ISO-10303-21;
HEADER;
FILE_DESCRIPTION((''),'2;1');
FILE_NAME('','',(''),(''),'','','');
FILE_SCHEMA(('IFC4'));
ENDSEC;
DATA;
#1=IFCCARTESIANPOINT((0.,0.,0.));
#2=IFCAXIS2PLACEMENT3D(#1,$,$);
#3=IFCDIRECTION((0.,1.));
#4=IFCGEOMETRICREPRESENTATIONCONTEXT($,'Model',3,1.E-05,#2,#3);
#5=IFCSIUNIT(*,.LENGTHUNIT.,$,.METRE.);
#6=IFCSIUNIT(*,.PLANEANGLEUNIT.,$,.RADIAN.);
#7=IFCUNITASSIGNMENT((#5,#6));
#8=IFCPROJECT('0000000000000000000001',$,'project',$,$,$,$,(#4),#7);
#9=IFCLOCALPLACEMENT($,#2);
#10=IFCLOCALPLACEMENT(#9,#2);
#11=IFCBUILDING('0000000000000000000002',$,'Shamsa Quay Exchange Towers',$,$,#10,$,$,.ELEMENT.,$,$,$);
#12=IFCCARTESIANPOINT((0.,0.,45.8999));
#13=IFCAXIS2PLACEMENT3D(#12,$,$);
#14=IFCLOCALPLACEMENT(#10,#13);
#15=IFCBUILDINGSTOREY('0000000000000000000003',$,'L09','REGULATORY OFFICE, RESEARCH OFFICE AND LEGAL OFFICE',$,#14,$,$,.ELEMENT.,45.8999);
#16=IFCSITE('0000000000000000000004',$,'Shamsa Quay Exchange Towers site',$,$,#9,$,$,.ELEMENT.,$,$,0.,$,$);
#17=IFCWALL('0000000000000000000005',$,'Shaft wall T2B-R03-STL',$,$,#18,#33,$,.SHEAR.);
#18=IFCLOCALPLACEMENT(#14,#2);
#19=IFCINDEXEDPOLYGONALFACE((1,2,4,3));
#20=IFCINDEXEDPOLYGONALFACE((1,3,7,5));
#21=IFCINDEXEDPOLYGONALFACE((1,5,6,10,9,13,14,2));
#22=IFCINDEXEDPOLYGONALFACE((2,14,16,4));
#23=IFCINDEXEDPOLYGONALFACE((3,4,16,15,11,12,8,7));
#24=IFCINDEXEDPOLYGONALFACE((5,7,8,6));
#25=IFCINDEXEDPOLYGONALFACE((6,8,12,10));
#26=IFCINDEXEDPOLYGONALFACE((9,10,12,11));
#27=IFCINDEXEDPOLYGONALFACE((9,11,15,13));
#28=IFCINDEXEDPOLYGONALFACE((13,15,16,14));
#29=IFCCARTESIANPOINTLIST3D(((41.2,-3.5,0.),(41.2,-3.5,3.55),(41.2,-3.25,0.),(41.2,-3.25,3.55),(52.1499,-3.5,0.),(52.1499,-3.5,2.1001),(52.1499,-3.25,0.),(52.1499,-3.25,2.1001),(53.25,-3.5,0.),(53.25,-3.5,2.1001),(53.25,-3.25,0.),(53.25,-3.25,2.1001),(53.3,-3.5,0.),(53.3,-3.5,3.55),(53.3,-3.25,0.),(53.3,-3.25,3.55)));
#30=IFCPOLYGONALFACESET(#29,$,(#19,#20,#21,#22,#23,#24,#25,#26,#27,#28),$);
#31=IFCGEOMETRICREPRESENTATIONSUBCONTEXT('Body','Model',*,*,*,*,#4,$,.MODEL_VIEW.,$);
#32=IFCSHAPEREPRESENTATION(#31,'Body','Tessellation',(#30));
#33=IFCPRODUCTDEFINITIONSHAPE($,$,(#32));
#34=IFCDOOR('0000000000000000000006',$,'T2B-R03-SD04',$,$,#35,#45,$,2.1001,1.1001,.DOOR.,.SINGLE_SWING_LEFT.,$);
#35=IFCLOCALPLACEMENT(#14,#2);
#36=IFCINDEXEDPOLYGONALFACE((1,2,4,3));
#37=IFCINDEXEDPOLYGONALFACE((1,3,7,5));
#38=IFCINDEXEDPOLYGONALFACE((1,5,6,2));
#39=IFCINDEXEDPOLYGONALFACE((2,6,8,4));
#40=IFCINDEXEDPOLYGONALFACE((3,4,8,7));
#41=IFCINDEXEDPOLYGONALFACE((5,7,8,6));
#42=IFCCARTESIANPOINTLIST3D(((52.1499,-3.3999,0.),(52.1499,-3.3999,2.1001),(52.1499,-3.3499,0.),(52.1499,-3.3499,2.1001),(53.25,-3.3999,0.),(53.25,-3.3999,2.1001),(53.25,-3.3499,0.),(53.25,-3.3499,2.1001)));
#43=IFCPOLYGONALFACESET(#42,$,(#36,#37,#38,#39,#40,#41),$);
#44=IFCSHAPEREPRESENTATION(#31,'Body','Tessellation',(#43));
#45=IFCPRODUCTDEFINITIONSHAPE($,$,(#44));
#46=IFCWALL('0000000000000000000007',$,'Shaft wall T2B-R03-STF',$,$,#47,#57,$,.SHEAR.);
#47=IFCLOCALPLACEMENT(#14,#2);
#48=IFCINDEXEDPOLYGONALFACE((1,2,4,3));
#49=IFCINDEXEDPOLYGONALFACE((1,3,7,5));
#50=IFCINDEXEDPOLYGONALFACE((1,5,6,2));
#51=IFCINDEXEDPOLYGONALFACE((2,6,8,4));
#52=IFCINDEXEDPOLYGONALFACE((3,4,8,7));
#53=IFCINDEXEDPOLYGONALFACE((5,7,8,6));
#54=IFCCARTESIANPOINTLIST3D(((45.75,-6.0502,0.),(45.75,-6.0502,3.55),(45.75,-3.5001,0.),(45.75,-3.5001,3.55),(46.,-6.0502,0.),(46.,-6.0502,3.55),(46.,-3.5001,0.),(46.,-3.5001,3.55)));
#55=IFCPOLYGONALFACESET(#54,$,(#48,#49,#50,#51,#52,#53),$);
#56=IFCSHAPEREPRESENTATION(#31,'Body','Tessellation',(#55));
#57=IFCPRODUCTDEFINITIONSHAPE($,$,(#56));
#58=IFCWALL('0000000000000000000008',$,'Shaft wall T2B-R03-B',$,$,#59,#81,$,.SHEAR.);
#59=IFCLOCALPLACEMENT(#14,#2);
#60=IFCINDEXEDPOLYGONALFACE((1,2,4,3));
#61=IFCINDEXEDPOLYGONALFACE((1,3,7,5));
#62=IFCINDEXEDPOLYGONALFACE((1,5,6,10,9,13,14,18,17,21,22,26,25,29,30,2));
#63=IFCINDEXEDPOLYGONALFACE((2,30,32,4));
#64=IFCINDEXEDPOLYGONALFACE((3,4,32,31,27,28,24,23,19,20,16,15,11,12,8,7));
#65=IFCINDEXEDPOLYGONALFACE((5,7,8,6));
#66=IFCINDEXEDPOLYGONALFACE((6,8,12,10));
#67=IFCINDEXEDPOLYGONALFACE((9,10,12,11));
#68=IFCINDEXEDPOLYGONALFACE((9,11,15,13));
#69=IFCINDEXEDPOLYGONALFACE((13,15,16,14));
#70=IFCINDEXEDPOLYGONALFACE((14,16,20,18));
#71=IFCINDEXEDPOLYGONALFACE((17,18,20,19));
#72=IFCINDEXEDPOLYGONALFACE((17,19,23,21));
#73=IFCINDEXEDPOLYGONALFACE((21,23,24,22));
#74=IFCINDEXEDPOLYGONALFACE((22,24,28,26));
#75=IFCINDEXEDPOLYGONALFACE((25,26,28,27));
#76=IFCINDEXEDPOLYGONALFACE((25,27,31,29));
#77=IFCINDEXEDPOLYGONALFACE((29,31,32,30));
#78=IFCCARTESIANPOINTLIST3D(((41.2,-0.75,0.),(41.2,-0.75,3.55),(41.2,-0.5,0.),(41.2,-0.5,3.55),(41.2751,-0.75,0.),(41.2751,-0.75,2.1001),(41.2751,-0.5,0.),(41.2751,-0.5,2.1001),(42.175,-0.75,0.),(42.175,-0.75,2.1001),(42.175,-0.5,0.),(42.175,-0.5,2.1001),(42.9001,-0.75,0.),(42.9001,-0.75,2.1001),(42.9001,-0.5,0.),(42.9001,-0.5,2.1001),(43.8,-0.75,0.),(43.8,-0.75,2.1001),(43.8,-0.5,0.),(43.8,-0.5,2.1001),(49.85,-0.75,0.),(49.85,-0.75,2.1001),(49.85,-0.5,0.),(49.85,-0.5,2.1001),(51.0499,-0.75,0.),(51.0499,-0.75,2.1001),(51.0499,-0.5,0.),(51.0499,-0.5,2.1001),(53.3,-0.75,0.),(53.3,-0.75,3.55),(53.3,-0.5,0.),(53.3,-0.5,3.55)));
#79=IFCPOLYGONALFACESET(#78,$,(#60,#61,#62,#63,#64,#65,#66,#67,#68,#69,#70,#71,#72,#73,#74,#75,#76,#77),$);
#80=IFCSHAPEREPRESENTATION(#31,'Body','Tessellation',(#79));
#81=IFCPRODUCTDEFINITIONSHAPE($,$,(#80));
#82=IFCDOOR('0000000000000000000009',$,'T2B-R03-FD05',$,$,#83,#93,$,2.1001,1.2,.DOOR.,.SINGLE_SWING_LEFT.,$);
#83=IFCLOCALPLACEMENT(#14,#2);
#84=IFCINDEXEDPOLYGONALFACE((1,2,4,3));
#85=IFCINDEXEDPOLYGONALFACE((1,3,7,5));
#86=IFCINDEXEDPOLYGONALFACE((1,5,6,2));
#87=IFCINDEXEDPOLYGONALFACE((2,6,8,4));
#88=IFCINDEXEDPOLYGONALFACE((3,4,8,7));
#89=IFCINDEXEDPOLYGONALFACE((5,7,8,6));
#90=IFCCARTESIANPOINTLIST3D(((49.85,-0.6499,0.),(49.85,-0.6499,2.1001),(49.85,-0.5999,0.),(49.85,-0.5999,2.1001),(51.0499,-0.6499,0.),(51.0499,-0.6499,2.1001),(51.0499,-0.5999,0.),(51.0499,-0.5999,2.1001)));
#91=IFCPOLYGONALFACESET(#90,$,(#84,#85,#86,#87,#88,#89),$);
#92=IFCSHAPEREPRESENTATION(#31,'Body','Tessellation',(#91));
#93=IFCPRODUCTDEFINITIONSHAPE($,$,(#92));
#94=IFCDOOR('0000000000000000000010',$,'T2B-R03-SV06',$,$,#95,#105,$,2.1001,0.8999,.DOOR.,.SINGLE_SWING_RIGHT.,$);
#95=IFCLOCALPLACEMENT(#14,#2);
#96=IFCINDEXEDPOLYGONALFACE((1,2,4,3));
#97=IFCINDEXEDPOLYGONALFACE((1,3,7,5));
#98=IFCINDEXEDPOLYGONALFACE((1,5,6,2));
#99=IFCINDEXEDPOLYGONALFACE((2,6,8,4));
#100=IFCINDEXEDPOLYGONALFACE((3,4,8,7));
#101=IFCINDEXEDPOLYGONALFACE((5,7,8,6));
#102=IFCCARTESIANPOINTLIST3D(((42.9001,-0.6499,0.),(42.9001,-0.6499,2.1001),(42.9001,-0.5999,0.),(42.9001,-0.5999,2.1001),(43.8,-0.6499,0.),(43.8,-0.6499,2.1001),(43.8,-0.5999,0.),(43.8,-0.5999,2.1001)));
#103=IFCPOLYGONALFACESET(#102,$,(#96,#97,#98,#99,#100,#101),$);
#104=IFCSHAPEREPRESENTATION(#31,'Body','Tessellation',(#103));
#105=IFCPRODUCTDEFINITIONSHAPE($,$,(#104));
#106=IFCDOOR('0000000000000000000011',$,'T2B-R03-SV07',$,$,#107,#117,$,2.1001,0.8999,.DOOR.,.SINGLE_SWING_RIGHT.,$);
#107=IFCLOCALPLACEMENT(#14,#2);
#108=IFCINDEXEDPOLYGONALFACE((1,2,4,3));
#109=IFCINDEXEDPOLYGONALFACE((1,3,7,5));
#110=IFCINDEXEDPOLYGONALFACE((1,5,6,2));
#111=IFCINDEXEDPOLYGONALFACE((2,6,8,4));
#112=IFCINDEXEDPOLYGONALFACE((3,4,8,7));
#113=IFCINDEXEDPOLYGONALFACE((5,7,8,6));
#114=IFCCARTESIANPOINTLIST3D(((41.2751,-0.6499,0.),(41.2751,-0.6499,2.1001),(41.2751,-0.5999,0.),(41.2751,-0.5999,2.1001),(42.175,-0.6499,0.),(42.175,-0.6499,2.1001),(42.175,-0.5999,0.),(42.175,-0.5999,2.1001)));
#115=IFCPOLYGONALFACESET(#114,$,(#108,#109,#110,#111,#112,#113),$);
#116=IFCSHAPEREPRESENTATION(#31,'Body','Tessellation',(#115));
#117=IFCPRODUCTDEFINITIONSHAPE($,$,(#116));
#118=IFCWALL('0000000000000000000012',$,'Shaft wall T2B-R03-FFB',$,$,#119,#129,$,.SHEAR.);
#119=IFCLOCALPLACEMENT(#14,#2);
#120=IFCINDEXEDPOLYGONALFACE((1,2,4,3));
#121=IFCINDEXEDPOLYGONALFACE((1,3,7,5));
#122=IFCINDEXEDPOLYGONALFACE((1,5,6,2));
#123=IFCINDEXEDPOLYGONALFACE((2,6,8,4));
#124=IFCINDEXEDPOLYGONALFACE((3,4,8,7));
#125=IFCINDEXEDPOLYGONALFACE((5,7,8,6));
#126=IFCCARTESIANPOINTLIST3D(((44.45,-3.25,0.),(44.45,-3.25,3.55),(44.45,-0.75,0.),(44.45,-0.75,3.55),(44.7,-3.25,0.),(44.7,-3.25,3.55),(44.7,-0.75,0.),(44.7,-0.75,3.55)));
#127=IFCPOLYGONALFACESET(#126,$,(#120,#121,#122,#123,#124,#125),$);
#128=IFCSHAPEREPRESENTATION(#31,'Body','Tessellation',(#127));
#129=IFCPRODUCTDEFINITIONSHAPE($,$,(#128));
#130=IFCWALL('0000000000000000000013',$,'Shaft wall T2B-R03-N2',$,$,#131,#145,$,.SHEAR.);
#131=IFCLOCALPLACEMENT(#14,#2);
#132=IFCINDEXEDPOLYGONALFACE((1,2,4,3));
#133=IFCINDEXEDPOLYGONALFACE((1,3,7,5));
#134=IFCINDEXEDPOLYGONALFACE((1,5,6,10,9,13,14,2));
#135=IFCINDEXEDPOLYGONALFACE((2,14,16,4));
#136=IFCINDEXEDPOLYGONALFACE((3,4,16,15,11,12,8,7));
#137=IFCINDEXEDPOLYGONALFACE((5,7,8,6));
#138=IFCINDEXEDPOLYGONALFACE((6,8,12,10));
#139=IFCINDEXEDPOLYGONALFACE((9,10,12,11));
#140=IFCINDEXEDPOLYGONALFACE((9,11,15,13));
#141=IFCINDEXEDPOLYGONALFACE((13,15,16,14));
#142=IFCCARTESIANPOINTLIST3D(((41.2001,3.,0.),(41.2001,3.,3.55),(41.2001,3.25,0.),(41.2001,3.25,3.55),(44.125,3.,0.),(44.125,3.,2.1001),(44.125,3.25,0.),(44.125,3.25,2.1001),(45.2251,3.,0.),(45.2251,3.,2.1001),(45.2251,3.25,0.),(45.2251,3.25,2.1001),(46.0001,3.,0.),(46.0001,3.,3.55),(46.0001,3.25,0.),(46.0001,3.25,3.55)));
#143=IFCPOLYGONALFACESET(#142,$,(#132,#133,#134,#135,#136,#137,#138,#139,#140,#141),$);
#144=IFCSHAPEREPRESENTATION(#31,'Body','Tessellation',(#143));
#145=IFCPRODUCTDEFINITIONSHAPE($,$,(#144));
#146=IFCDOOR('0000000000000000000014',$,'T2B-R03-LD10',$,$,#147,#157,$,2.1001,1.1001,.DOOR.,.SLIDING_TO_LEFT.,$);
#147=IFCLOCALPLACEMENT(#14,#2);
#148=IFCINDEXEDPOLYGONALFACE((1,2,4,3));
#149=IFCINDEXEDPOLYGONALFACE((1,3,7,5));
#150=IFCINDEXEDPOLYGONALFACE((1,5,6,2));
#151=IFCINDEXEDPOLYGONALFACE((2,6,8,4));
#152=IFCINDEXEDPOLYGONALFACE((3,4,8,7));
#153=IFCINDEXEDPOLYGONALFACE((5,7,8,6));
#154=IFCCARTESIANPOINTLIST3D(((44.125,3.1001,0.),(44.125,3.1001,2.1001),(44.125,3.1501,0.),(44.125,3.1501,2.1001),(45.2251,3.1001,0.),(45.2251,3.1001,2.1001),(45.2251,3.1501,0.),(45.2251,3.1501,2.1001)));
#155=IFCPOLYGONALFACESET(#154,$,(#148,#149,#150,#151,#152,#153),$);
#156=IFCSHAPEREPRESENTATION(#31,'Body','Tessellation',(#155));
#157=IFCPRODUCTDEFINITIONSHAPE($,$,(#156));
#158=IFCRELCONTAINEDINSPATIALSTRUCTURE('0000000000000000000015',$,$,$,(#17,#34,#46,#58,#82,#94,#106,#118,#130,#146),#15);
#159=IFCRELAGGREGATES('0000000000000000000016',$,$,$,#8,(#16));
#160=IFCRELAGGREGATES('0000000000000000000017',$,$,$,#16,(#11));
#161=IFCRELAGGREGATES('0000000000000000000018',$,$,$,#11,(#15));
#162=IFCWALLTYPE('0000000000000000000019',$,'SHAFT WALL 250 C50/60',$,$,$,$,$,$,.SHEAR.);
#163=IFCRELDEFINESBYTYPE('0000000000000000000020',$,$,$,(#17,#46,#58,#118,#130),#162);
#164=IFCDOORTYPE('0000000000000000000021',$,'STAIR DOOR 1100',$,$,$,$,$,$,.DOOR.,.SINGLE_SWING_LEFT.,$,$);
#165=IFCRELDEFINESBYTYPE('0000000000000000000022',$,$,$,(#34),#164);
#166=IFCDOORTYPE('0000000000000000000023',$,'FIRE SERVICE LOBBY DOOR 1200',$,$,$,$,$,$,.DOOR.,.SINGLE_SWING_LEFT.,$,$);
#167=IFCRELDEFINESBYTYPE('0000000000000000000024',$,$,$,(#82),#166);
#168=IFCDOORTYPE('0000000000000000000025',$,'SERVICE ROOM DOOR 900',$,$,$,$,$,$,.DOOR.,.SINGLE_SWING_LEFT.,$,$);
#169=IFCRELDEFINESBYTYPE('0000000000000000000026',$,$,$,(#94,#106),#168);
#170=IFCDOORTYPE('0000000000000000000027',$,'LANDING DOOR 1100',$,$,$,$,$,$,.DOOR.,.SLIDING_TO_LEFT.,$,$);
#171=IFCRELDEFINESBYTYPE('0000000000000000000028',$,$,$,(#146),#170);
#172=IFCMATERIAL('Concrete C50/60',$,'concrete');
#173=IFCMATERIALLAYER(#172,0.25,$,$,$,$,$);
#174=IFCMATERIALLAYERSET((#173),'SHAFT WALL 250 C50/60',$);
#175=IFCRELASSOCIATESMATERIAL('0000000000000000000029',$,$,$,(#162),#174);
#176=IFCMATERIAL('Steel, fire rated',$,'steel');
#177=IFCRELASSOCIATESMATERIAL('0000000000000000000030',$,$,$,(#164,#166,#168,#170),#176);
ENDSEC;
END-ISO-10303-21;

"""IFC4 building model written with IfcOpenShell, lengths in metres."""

from ifc_helpers import new_model, si_unit, direction, frame, frame_2d, origin, place, context, subcontext, project, spatial, rectangle, extrude, material, layer, layer_set, type_object, element, fill, save


model = new_model("IFC4")

# Units and contexts
model_context = context("Model", 3, precision=1e-05, world=origin(), true_north=direction((0.0, 1.0)))
body_context = subcontext(model_context, "Body", "Model", "MODEL_VIEW")
ifc_project = project(units=[si_unit("LENGTHUNIT", "METRE"), si_unit("PLANEANGLEUNIT", "RADIAN")], contexts=[model_context])

# Site, building, storey
site_placement = place(None, origin())
site = spatial("IfcSite", under=ifc_project, at=site_placement, Name="Shamsa Quay Exchange Towers site", CompositionType="ELEMENT", RefElevation=0.0)
building_placement = place(site_placement, origin())
building = spatial("IfcBuilding", under=site, at=building_placement, Name="Shamsa Quay Exchange Towers", CompositionType="ELEMENT")
storey_placement = place(building_placement, frame((0.0, 0.0, 45.8999)))
storey = spatial("IfcBuildingStorey", under=building, at=storey_placement, Name="L09", Description="REGULATORY OFFICE, RESEARCH OFFICE AND LEGAL OFFICE", CompositionType="ELEMENT", Elevation=45.8999)

# Wall, opening, door
ifc_material_1 = material(Name="Steel, fire rated", Category="steel")
ifc_material_2 = material(Name="Concrete C50/60", Category="concrete")
ifc_layer_1 = layer(ifc_material_2, 0.25)
ifc_layer_set_1 = layer_set([ifc_layer_1], Name="SHAFT WALL 250 C50/60")
wall_type_1 = type_object("IfcWallType", Name="SHAFT WALL 250 C50/60", PredefinedType="SHEAR", material=ifc_layer_set_1)
wall_1_placement = place(storey_placement, frame((53.3, -3.375, 0.0), z_axis=(0.0, 0.0, 1.0), x_axis=(-1.0, 0.0, 0.0)))
wall_1 = element("IfcWall", 1, at=wall_1_placement, inside=storey, type_object=wall_type_1, Name="Shaft wall T2B-R03-STL", PredefinedType="SHEAR", context=body_context, shape_type="SweptSolid", body=[
    extrude(rectangle(XDim=12.1001, YDim=0.25, at=frame_2d((6.05, 0.0))), origin(), (0.0, 0.0, 1.0), 3.55),
])
opening_1_placement = place(wall_1_placement, frame((0.05, 0.0, 0.0)))
opening_1 = element("IfcOpeningElement", 2, at=opening_1_placement, cuts=wall_1, PredefinedType="OPENING", context=body_context, shape_type="SweptSolid", body=[
    extrude(rectangle(XDim=1.1001, YDim=2.1001, at=frame_2d((0.55, 1.05))), frame((0.0, 0.135, 0.0), z_axis=(0.0, -1.0, 0.0), x_axis=(1.0, 0.0, 0.0)), (0.0, 0.0, 1.0), 0.27),
])
door_type_1 = type_object("IfcDoorType", Name="STAIR DOOR 1100", OperationType="SINGLE_SWING_LEFT", PredefinedType="DOOR", material=ifc_material_1)
door_1_placement = place(opening_1_placement, origin())
door_1 = element("IfcDoor", 3, at=door_1_placement, inside=storey, type_object=door_type_1, Name="T2B-R03-SD04", OperationType="SINGLE_SWING_LEFT", OverallHeight=2.1001, OverallWidth=1.1001, PredefinedType="DOOR", context=body_context, shape_type="SweptSolid", body=[
    extrude(rectangle(XDim=1.1001, YDim=2.1001, at=frame_2d((0.55, 1.05))), frame((0.0, 0.0249, 0.0), z_axis=(0.0, -1.0, 0.0), x_axis=(1.0, 0.0, 0.0)), (0.0, 0.0, 1.0), 0.05),
])
fill(opening_1, door_1)

# Wall
wall_2_placement = place(storey_placement, frame((45.875, -6.05, 0.0), z_axis=(0.0, 0.0, 1.0), x_axis=(0.0, 1.0, 0.0)))
element("IfcWall", 4, at=wall_2_placement, inside=storey, type_object=wall_type_1, Name="Shaft wall T2B-R03-STF", PredefinedType="SHEAR", context=body_context, shape_type="SweptSolid", body=[
    extrude(rectangle(XDim=2.55, YDim=0.25, at=frame_2d((1.2749, 0.0))), origin(), (0.0, 0.0, 1.0), 3.55),
])

# Wall, openings, doors
wall_3_placement = place(storey_placement, frame((53.3, -0.625, 0.0), z_axis=(0.0, 0.0, 1.0), x_axis=(-1.0, 0.0, 0.0)))
wall_3 = element("IfcWall", 5, at=wall_3_placement, inside=storey, type_object=wall_type_1, Name="Shaft wall T2B-R03-B", PredefinedType="SHEAR", context=body_context, shape_type="SweptSolid", body=[
    extrude(rectangle(XDim=12.1001, YDim=0.25, at=frame_2d((6.05, 0.0))), origin(), (0.0, 0.0, 1.0), 3.55),
])
opening_2_placement = place(wall_3_placement, frame((2.25, 0.0, 0.0)))
opening_2 = element("IfcOpeningElement", 6, at=opening_2_placement, cuts=wall_3, PredefinedType="OPENING", context=body_context, shape_type="SweptSolid", body=[
    extrude(rectangle(XDim=1.2, YDim=2.1001, at=frame_2d((0.6001, 1.05))), frame((0.0, 0.135, 0.0), z_axis=(0.0, -1.0, 0.0), x_axis=(1.0, 0.0, 0.0)), (0.0, 0.0, 1.0), 0.27),
])
opening_3_placement = place(wall_3_placement, frame((9.5, 0.0, 0.0)))
opening_3 = element("IfcOpeningElement", 7, at=opening_3_placement, cuts=wall_3, PredefinedType="OPENING", context=body_context, shape_type="SweptSolid", body=[
    extrude(rectangle(XDim=0.8999, YDim=2.1001, at=frame_2d((0.45, 1.05))), frame((0.0, 0.135, 0.0), z_axis=(0.0, -1.0, 0.0), x_axis=(1.0, 0.0, 0.0)), (0.0, 0.0, 1.0), 0.27),
])
opening_4_placement = place(wall_3_placement, frame((11.125, 0.0, 0.0)))
opening_4 = element("IfcOpeningElement", 8, at=opening_4_placement, cuts=wall_3, PredefinedType="OPENING", context=body_context, shape_type="SweptSolid", body=[
    extrude(rectangle(XDim=0.8999, YDim=2.1001, at=frame_2d((0.45, 1.05))), frame((0.0, 0.135, 0.0), z_axis=(0.0, -1.0, 0.0), x_axis=(1.0, 0.0, 0.0)), (0.0, 0.0, 1.0), 0.27),
])
door_type_2 = type_object("IfcDoorType", Name="FIRE SERVICE LOBBY DOOR 1200", OperationType="SINGLE_SWING_LEFT", PredefinedType="DOOR", material=ifc_material_1)
door_2_placement = place(opening_2_placement, origin())
door_2 = element("IfcDoor", 9, at=door_2_placement, inside=storey, type_object=door_type_2, Name="T2B-R03-FD05", OperationType="SINGLE_SWING_LEFT", OverallHeight=2.1001, OverallWidth=1.2, PredefinedType="DOOR", context=body_context, shape_type="SweptSolid", body=[
    extrude(rectangle(XDim=1.2, YDim=2.1001, at=frame_2d((0.6001, 1.05))), frame((0.0, 0.0249, 0.0), z_axis=(0.0, -1.0, 0.0), x_axis=(1.0, 0.0, 0.0)), (0.0, 0.0, 1.0), 0.05),
])
fill(opening_2, door_2)
door_type_3 = type_object("IfcDoorType", Name="SERVICE ROOM DOOR 900", OperationType="SINGLE_SWING_LEFT", PredefinedType="DOOR", material=ifc_material_1)
door_3_placement = place(opening_3_placement, origin())
door_3 = element("IfcDoor", 10, at=door_3_placement, inside=storey, type_object=door_type_3, Name="T2B-R03-SV06", OperationType="SINGLE_SWING_RIGHT", OverallHeight=2.1001, OverallWidth=0.8999, PredefinedType="DOOR", context=body_context, shape_type="SweptSolid", body=[
    extrude(rectangle(XDim=0.8999, YDim=2.1001, at=frame_2d((0.45, 1.05))), frame((0.0, 0.0249, 0.0), z_axis=(0.0, -1.0, 0.0), x_axis=(1.0, 0.0, 0.0)), (0.0, 0.0, 1.0), 0.05),
])
fill(opening_3, door_3)
door_4_placement = place(opening_4_placement, origin())
door_4 = element("IfcDoor", 11, at=door_4_placement, inside=storey, type_object=door_type_3, Name="T2B-R03-SV07", OperationType="SINGLE_SWING_RIGHT", OverallHeight=2.1001, OverallWidth=0.8999, PredefinedType="DOOR", context=body_context, shape_type="SweptSolid", body=[
    extrude(rectangle(XDim=0.8999, YDim=2.1001, at=frame_2d((0.45, 1.05))), frame((0.0, 0.0249, 0.0), z_axis=(0.0, -1.0, 0.0), x_axis=(1.0, 0.0, 0.0)), (0.0, 0.0, 1.0), 0.05),
])
fill(opening_4, door_4)

# Wall
wall_4_placement = place(storey_placement, frame((44.575, -3.25, 0.0), z_axis=(0.0, 0.0, 1.0), x_axis=(0.0, 1.0, 0.0)))
element("IfcWall", 12, at=wall_4_placement, inside=storey, type_object=wall_type_1, Name="Shaft wall T2B-R03-FFB", PredefinedType="SHEAR", context=body_context, shape_type="SweptSolid", body=[
    extrude(rectangle(XDim=2.5, YDim=0.25, at=frame_2d((1.25, 0.0))), origin(), (0.0, 0.0, 1.0), 3.55),
])

# Wall, opening, door
wall_5_placement = place(storey_placement, frame((46.0, 3.125, 0.0), z_axis=(0.0, 0.0, 1.0), x_axis=(-1.0, 0.0, 0.0)))
wall_5 = element("IfcWall", 13, at=wall_5_placement, inside=storey, type_object=wall_type_1, Name="Shaft wall T2B-R03-N2", PredefinedType="SHEAR", context=body_context, shape_type="SweptSolid", body=[
    extrude(rectangle(XDim=4.8, YDim=0.25, at=frame_2d((2.3999, 0.0))), origin(), (0.0, 0.0, 1.0), 3.55),
])
opening_5_placement = place(wall_5_placement, frame((0.7749, 0.0, 0.0)))
opening_5 = element("IfcOpeningElement", 14, at=opening_5_placement, cuts=wall_5, PredefinedType="OPENING", context=body_context, shape_type="SweptSolid", body=[
    extrude(rectangle(XDim=1.1001, YDim=2.1001, at=frame_2d((0.55, 1.05))), frame((0.0, 0.135, 0.0), z_axis=(0.0, -1.0, 0.0), x_axis=(1.0, 0.0, 0.0)), (0.0, 0.0, 1.0), 0.27),
])
door_type_4 = type_object("IfcDoorType", Name="LANDING DOOR 1100", OperationType="SLIDING_TO_LEFT", PredefinedType="DOOR", material=ifc_material_1)
door_5_placement = place(opening_5_placement, origin())
door_5 = element("IfcDoor", 15, at=door_5_placement, inside=storey, type_object=door_type_4, Name="T2B-R03-LD10", OperationType="SLIDING_TO_LEFT", OverallHeight=2.1001, OverallWidth=1.1001, PredefinedType="DOOR", context=body_context, shape_type="SweptSolid", body=[
    extrude(rectangle(XDim=1.1001, YDim=2.1001, at=frame_2d((0.55, 1.05))), frame((0.0, 0.0249, 0.0), z_axis=(0.0, -1.0, 0.0), x_axis=(1.0, 0.0, 0.0)), (0.0, 0.0, 1.0), 0.05),
])
fill(opening_5, door_5)

save(model, "model.ifc")
